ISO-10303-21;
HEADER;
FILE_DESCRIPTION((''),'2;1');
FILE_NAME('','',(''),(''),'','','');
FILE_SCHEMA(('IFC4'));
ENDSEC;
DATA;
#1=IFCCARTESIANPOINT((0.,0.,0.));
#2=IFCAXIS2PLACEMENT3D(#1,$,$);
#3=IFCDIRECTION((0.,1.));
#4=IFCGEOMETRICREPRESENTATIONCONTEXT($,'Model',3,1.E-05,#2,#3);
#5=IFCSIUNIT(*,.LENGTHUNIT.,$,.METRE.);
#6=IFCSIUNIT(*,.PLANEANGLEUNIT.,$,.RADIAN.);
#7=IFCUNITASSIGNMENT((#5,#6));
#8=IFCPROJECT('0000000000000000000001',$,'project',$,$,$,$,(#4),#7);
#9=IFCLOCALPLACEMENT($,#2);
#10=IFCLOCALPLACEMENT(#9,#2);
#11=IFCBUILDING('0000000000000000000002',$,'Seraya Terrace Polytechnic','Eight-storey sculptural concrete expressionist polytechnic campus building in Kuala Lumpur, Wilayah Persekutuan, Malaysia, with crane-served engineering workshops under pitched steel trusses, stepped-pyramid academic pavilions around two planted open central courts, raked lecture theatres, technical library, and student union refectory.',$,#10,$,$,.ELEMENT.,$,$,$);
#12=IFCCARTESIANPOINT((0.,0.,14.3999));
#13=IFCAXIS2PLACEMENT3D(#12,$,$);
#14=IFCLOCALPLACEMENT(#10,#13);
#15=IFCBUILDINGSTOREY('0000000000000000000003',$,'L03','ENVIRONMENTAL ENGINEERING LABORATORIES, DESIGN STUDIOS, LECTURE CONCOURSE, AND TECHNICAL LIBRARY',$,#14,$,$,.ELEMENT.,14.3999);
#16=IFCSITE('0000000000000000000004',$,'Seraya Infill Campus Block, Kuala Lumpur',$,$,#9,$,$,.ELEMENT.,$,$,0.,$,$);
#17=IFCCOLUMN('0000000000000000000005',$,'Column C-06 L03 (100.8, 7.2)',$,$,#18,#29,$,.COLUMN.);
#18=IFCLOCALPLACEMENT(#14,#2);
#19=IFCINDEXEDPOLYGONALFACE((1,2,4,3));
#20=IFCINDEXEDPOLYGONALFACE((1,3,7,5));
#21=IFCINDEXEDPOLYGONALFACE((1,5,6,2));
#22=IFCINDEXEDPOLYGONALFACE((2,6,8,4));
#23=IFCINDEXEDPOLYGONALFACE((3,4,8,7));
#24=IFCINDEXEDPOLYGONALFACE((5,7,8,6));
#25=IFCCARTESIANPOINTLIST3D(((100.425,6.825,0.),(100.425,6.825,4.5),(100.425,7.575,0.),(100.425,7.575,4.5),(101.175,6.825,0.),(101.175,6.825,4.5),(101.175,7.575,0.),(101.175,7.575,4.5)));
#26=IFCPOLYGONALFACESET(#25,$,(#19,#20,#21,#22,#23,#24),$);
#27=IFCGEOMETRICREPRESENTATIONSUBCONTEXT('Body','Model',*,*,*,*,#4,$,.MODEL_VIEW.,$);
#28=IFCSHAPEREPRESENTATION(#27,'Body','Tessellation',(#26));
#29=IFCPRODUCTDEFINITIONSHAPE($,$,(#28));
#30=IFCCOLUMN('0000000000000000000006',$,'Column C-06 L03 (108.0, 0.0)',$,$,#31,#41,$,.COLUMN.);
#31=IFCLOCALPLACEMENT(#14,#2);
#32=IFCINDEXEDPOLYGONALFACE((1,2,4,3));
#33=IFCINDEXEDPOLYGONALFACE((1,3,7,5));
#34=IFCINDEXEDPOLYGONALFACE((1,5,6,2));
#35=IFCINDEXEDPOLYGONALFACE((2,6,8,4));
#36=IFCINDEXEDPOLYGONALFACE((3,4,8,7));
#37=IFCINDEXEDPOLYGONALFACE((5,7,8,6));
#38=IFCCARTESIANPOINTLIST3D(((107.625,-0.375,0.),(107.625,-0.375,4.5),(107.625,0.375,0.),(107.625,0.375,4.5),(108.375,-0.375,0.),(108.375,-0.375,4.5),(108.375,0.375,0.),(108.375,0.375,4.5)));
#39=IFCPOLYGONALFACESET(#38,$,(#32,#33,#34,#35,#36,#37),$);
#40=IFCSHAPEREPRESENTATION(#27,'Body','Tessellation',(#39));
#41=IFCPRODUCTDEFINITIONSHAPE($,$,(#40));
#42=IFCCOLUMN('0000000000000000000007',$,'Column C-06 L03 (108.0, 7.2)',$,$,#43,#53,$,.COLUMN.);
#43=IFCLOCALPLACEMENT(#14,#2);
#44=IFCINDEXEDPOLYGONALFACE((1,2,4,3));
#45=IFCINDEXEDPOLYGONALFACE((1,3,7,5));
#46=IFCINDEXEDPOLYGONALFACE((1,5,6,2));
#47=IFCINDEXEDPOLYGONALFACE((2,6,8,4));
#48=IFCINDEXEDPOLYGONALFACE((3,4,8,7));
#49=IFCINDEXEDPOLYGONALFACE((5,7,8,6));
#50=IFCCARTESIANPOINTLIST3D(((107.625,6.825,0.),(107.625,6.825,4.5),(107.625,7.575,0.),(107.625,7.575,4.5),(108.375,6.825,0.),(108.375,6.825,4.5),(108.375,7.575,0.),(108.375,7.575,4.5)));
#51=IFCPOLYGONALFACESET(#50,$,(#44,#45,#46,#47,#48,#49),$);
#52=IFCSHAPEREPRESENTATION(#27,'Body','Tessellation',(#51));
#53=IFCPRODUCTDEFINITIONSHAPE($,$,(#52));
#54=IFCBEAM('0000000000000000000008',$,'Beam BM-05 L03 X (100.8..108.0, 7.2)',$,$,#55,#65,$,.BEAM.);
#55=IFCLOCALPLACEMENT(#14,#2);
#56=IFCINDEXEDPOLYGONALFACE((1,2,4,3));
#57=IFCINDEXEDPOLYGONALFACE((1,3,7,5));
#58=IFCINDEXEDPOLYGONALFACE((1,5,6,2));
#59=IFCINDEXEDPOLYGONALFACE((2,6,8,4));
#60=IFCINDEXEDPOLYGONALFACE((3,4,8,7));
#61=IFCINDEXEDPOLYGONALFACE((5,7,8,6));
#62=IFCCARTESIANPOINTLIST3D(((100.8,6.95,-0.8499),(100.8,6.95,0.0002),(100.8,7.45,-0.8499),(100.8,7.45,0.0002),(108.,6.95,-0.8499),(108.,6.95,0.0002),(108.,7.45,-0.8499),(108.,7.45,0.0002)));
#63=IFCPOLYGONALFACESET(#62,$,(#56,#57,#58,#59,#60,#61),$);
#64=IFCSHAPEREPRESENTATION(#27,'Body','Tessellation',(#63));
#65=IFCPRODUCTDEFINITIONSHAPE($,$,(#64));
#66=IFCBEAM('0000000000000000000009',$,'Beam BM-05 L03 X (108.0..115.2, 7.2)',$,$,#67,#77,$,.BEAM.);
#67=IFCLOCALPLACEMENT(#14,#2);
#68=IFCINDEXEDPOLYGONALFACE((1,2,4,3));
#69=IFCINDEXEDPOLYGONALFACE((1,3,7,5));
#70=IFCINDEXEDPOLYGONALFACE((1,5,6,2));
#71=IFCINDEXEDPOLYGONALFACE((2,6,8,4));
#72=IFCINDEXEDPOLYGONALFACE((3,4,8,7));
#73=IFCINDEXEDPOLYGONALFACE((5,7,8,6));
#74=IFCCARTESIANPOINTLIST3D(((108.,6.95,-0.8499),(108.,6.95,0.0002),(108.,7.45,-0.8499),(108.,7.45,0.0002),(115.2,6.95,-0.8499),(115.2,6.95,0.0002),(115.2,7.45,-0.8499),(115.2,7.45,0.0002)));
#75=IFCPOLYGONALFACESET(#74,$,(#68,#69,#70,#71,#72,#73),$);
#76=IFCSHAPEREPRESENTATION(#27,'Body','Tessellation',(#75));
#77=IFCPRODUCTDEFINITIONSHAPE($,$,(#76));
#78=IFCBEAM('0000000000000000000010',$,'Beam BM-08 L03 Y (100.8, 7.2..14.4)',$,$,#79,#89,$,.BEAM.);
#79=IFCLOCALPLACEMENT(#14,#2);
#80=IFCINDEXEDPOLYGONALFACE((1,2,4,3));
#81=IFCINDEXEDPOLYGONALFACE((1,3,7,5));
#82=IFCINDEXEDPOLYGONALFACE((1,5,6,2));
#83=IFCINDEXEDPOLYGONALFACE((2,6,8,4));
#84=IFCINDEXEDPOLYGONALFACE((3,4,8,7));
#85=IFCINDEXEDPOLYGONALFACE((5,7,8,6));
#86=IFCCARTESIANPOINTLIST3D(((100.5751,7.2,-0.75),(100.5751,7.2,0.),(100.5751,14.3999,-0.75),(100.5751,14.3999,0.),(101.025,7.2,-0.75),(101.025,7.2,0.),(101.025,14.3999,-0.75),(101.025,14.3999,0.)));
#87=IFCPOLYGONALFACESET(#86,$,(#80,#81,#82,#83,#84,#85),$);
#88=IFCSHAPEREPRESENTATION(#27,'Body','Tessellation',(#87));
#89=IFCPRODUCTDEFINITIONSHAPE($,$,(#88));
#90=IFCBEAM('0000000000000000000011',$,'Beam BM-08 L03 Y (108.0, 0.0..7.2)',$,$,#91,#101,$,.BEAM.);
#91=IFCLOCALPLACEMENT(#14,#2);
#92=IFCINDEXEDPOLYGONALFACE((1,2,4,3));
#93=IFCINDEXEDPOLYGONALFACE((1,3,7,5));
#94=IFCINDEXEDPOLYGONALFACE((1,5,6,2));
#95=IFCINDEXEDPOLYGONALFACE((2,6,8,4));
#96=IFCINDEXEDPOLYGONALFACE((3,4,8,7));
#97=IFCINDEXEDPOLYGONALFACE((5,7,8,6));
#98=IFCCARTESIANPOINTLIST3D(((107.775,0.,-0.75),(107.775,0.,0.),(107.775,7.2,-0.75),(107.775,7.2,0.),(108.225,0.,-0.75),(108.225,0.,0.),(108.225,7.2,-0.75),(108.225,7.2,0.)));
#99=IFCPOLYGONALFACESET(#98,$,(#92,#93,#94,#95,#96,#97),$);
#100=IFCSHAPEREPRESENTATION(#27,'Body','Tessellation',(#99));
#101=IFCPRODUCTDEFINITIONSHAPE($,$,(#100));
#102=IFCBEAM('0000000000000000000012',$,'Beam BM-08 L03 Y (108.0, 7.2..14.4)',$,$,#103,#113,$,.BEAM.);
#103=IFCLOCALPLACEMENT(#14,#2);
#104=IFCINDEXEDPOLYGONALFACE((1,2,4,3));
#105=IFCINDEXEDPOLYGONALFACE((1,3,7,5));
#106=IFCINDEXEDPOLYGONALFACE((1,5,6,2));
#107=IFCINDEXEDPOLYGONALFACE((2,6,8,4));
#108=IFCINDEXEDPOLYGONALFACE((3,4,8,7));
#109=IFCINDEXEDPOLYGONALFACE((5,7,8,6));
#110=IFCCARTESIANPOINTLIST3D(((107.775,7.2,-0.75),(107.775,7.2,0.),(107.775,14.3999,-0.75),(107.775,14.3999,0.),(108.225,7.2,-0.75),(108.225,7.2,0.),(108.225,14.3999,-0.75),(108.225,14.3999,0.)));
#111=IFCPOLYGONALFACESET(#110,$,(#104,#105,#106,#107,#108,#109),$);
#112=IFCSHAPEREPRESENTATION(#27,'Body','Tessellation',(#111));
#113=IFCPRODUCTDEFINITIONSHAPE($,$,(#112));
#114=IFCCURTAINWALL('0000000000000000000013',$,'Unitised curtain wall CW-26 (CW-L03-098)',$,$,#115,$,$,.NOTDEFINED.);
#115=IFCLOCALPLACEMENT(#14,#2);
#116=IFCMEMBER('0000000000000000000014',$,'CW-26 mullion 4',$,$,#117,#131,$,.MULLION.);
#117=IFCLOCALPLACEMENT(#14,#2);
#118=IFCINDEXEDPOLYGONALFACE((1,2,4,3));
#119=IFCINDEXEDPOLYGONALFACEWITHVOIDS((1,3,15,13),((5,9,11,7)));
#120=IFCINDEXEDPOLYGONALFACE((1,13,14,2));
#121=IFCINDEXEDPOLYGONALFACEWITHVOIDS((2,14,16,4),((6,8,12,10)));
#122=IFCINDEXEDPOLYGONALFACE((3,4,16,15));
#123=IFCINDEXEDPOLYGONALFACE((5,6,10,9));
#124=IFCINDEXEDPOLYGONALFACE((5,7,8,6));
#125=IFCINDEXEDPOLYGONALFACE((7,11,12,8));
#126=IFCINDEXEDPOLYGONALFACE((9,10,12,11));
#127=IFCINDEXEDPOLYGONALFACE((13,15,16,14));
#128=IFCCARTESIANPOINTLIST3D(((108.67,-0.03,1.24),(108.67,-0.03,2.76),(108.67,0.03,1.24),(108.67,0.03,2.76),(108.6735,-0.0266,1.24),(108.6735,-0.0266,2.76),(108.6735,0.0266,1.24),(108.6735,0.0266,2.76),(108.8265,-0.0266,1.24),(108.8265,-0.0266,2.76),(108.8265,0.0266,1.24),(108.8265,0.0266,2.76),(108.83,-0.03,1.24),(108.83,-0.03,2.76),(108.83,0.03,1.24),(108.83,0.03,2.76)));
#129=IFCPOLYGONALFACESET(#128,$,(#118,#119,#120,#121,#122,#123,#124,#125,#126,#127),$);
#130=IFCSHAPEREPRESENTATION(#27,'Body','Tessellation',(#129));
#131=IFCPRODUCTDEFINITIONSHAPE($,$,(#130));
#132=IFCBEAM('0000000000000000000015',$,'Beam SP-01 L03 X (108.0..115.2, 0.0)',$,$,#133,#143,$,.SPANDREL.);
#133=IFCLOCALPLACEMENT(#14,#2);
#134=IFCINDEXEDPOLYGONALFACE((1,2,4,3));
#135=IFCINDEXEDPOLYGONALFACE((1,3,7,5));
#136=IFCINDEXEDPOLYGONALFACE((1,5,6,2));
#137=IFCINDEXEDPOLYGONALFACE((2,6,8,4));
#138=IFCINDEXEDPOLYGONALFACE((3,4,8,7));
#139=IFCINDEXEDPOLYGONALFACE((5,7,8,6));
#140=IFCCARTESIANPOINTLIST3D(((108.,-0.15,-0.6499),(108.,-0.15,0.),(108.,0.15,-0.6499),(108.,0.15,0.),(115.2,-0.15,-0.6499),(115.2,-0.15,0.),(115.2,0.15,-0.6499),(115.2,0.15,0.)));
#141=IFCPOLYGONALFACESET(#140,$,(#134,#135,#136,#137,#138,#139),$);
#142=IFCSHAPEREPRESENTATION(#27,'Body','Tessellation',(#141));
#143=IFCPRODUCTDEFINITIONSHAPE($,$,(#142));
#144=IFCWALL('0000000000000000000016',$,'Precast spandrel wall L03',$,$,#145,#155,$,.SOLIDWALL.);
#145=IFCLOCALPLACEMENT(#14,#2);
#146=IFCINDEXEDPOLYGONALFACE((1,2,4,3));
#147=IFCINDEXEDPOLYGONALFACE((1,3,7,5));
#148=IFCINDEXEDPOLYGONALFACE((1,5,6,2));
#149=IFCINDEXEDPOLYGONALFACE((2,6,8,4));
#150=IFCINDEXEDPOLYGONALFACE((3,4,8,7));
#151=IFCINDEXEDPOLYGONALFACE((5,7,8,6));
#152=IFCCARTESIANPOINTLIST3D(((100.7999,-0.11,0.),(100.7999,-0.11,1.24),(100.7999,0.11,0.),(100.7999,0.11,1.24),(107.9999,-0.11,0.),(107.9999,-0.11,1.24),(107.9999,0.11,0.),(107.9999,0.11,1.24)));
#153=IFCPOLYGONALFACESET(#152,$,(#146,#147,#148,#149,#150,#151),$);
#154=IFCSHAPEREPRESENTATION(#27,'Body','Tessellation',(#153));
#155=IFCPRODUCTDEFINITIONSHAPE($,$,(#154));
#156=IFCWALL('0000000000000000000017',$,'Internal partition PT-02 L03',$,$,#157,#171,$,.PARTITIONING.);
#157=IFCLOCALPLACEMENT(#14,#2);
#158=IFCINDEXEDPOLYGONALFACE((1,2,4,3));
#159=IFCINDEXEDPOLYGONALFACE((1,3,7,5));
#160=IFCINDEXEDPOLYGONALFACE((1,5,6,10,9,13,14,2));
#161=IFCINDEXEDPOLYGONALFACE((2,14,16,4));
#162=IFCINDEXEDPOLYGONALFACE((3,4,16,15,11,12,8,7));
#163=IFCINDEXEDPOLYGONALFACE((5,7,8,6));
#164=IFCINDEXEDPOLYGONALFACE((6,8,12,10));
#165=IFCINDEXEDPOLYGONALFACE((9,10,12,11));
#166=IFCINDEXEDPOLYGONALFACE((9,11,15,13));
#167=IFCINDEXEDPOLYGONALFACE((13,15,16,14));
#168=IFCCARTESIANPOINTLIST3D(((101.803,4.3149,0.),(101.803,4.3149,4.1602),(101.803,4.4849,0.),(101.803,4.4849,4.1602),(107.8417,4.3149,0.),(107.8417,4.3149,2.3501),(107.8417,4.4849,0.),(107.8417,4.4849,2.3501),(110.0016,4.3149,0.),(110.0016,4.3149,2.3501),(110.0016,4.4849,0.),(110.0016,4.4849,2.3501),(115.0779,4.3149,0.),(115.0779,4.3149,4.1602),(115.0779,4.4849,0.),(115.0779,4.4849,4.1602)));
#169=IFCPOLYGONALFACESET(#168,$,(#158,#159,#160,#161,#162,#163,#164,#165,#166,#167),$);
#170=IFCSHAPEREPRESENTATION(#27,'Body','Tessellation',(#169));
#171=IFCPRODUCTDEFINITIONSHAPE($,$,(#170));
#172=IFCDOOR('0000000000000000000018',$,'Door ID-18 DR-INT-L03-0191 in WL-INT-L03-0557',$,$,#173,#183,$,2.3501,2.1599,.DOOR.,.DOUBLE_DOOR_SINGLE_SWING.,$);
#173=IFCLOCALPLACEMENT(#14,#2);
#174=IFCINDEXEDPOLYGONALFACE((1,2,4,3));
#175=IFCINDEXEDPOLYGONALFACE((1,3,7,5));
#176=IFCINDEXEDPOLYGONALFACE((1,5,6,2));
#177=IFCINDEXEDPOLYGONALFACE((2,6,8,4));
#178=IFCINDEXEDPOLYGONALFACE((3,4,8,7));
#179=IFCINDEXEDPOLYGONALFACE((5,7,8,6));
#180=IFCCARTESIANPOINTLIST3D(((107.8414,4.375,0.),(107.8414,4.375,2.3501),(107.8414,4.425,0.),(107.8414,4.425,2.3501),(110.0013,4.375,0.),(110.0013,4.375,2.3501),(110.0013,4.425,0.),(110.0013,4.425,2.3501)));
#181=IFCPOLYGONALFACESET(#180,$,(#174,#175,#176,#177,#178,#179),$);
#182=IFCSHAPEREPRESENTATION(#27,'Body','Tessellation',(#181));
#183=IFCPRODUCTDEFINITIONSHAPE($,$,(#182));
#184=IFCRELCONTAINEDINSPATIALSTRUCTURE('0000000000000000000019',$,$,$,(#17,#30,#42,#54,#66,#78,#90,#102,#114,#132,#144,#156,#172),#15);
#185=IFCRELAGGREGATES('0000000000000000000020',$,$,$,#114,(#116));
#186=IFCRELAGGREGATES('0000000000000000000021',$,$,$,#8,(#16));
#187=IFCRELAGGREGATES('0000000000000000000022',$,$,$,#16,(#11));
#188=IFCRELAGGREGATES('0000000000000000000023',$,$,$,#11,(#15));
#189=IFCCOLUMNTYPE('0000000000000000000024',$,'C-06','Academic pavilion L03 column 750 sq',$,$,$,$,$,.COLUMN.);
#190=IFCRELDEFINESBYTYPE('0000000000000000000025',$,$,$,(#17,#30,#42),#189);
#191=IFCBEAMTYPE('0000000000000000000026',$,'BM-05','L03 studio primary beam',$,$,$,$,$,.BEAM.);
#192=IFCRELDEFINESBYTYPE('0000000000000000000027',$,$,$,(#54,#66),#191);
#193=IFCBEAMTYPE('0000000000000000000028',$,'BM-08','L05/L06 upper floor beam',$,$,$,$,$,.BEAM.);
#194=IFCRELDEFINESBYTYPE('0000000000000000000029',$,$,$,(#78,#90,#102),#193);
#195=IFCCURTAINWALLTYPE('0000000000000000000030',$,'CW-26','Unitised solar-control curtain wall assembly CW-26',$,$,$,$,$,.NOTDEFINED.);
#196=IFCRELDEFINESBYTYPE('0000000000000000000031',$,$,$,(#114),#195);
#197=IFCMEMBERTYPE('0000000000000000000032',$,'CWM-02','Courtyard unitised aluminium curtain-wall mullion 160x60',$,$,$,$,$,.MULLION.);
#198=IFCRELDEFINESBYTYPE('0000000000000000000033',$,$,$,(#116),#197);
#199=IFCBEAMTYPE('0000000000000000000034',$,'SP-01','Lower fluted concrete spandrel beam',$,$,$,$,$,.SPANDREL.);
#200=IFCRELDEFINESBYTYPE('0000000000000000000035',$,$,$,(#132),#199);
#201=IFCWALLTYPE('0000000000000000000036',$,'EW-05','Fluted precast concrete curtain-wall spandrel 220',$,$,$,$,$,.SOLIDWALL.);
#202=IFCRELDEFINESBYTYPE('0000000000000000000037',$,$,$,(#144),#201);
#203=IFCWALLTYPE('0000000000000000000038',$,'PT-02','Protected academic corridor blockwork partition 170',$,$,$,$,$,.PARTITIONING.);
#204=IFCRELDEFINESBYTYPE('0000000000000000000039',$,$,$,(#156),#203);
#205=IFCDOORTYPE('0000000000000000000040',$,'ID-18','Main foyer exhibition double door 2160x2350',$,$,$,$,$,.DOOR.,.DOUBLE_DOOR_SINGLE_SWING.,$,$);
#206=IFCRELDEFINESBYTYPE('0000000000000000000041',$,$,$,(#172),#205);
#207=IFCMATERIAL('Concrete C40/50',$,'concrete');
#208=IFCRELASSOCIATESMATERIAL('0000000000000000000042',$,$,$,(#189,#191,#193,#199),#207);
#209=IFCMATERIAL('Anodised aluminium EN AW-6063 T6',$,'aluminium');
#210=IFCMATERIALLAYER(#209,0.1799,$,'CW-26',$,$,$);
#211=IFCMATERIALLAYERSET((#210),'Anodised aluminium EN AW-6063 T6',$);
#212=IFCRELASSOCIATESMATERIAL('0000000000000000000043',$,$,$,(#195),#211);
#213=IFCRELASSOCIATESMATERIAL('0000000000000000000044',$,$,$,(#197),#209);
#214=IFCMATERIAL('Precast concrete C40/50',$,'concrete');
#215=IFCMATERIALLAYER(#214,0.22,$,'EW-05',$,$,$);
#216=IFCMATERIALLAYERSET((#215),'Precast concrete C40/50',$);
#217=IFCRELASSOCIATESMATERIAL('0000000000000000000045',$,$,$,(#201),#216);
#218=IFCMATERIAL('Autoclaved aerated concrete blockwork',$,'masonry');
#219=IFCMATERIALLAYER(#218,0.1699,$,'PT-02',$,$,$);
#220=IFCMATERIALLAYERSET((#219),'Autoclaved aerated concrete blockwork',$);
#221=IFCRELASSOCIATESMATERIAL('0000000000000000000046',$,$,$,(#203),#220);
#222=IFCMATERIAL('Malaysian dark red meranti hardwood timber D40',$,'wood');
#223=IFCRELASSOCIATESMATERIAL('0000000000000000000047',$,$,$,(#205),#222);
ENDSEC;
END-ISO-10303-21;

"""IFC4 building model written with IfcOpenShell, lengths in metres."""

from ifc_helpers import new_model, si_unit, direction, frame, frame_2d, origin, origin_2d, place, context, subcontext, project, spatial, rectangle, hollow_rectangle, extrude, material, layer, layer_set, material_profile, profile_set, type_object, element, fill, aggregate, save


model = new_model("IFC4")

# Units and contexts
model_context = context("Model", 3, precision=1e-05, world=origin(), true_north=direction((0.0, 1.0)))
body_context = subcontext(model_context, "Body", "Model", "MODEL_VIEW")
ifc_project = project(units=[si_unit("LENGTHUNIT", "METRE"), si_unit("PLANEANGLEUNIT", "RADIAN")], contexts=[model_context])

# Site, building, storey
site_placement = place(None, origin())
site = spatial("IfcSite", under=ifc_project, at=site_placement, Name="Seraya Infill Campus Block, Kuala Lumpur", CompositionType="ELEMENT", RefElevation=0.0)
building_placement = place(site_placement, origin())
building = spatial("IfcBuilding", under=site, at=building_placement, Name="Seraya Terrace Polytechnic", Description="Eight-storey sculptural concrete expressionist polytechnic campus building in Kuala Lumpur, Wilayah Persekutuan, Malaysia, with crane-served engineering workshops under pitched steel trusses, stepped-pyramid academic pavilions around two planted open central courts, raked lecture theatres, technical library, and student union refectory.", CompositionType="ELEMENT")
storey_placement = place(building_placement, frame((0.0, 0.0, 14.3999)))
storey = spatial("IfcBuildingStorey", under=building, at=storey_placement, Name="L03", Description="ENVIRONMENTAL ENGINEERING LABORATORIES, DESIGN STUDIOS, LECTURE CONCOURSE, AND TECHNICAL LIBRARY", CompositionType="ELEMENT", Elevation=14.3999)

# Columns
ifc_material_1 = material(Name="Concrete C40/50", Category="concrete")
ifc_material_profile_1 = material_profile(ifc_material_1, rectangle(XDim=0.75, YDim=0.75, at=origin_2d()), Name="RC 750x750")
ifc_profile_set_1 = profile_set([ifc_material_profile_1], Name="Concrete C40/50")
column_type = type_object("IfcColumnType", Name="C-06", Description="Academic pavilion L03 column 750 sq", PredefinedType="COLUMN", material=ifc_profile_set_1)
for number, where, z_axis, x_axis, name in (
    (1, (100.8, 7.2, 0.0), (0.0, 0.0, 1.0), (1.0, 0.0, 0.0), "Column C-06 L03 (100.8, 7.2)"),
    (2, (108.0, 0.0, 0.0), (0.0, 0.0, 1.0), (1.0, 0.0, 0.0), "Column C-06 L03 (108.0, 0.0)"),
    (3, (108.0, 7.2, 0.0), (0.0, 0.0, 1.0), (1.0, 0.0, 0.0), "Column C-06 L03 (108.0, 7.2)"),
):
    element("IfcColumn", number, at=place(storey_placement, frame(where, z_axis=z_axis, x_axis=x_axis)), inside=storey, type_object=column_type, Name=name, PredefinedType="COLUMN", context=body_context, shape_type="SweptSolid", body=[
        extrude(rectangle(XDim=0.75, YDim=0.75, at=origin_2d()), origin(), (0.0, 0.0, 1.0), 4.5),
    ])

# Beams
ifc_material_profile_2 = material_profile(ifc_material_1, rectangle(XDim=0.5, YDim=0.8501, at=origin_2d()), Name="RC 500x850")
ifc_profile_set_2 = profile_set([ifc_material_profile_2], Name="Concrete C40/50")
beam_type_1 = type_object("IfcBeamType", Name="BM-05", Description="L03 studio primary beam", PredefinedType="BEAM", material=ifc_profile_set_2)
for number, where, z_axis, x_axis, name in (
    (4, (100.8, 7.2, -0.4248), (1.0, 0.0, 0.0), (0.0, 1.0, 0.0), "Beam BM-05 L03 X (100.8..108.0, 7.2)"),
    (5, (108.0, 7.2, -0.4248), (1.0, 0.0, 0.0), (0.0, 1.0, 0.0), "Beam BM-05 L03 X (108.0..115.2, 7.2)"),
):
    element("IfcBeam", number, at=place(storey_placement, frame(where, z_axis=z_axis, x_axis=x_axis)), inside=storey, type_object=beam_type_1, Name=name, PredefinedType="BEAM", context=body_context, shape_type="SweptSolid", body=[
        extrude(rectangle(XDim=0.5, YDim=0.8501, at=origin_2d()), origin(), (0.0, 0.0, 1.0), 7.2),
    ])
ifc_material_profile_3 = material_profile(ifc_material_1, rectangle(XDim=0.45, YDim=0.75, at=origin_2d()), Name="RC 450x750")
ifc_profile_set_3 = profile_set([ifc_material_profile_3], Name="Concrete C40/50")
beam_type_2 = type_object("IfcBeamType", Name="BM-08", Description="L05/L06 upper floor beam", PredefinedType="BEAM", material=ifc_profile_set_3)
for number, where, z_axis, x_axis, name in (
    (6, (100.8, 7.2, -0.375), (0.0, 1.0, 0.0), (-1.0, 0.0, 0.0), "Beam BM-08 L03 Y (100.8, 7.2..14.4)"),
    (7, (108.0, 0.0, -0.375), (0.0, 1.0, 0.0), (-1.0, 0.0, 0.0), "Beam BM-08 L03 Y (108.0, 0.0..7.2)"),
    (8, (108.0, 7.2, -0.375), (0.0, 1.0, 0.0), (-1.0, 0.0, 0.0), "Beam BM-08 L03 Y (108.0, 7.2..14.4)"),
):
    element("IfcBeam", number, at=place(storey_placement, frame(where, z_axis=z_axis, x_axis=x_axis)), inside=storey, type_object=beam_type_2, Name=name, PredefinedType="BEAM", context=body_context, shape_type="SweptSolid", body=[
        extrude(rectangle(XDim=0.45, YDim=0.75, at=origin_2d()), origin(), (0.0, 0.0, 1.0), 7.2),
    ])

# Curtain wall, member
ifc_material_2 = material(Name="Anodised aluminium EN AW-6063 T6", Category="aluminium")
ifc_layer_1 = layer(ifc_material_2, 0.1799, Name="CW-26")
ifc_layer_set_1 = layer_set([ifc_layer_1], Name="Anodised aluminium EN AW-6063 T6")
curtain_wall_type = type_object("IfcCurtainWallType", Name="CW-26", Description="Unitised solar-control curtain wall assembly CW-26", PredefinedType="NOTDEFINED", material=ifc_layer_set_1)
curtain_wall_placement = place(storey_placement, origin())
curtain_wall = element("IfcCurtainWall", 9, at=curtain_wall_placement, inside=storey, type_object=curtain_wall_type, Name="Unitised curtain wall CW-26 (CW-L03-098)", PredefinedType="NOTDEFINED")
ifc_material_profile_4 = material_profile(ifc_material_2, hollow_rectangle(XDim=0.0601, YDim=0.1599, WallThickness=0.0034, at=origin_2d()), Name="RHS 160x60x3.5")
ifc_profile_set_4 = profile_set([ifc_material_profile_4], Name="Anodised aluminium EN AW-6063 T6")
member_type = type_object("IfcMemberType", Name="CWM-02", Description="Courtyard unitised aluminium curtain-wall mullion 160x60", PredefinedType="MULLION", material=ifc_profile_set_4)
member_placement = place(storey_placement, frame((108.75, 0.0, 1.24), z_axis=(0.0, 0.0, 1.0), x_axis=(0.0, -1.0, 0.0)))
member = element("IfcMember", 10, at=member_placement, type_object=member_type, Name="CW-26 mullion 4", PredefinedType="MULLION", context=body_context, shape_type="SweptSolid", body=[
    extrude(hollow_rectangle(XDim=0.0601, YDim=0.1599, WallThickness=0.0034, at=origin_2d()), origin(), (0.0, 0.0, 1.0), 1.52),
])
aggregate(curtain_wall, [member])

# Beam
ifc_material_profile_5 = material_profile(ifc_material_1, rectangle(XDim=0.3, YDim=0.6499, at=origin_2d()), Name="RC 300x650")
ifc_profile_set_5 = profile_set([ifc_material_profile_5], Name="Concrete C40/50")
beam_type_3 = type_object("IfcBeamType", Name="SP-01", Description="Lower fluted concrete spandrel beam", PredefinedType="SPANDREL", material=ifc_profile_set_5)
beam_placement = place(storey_placement, frame((108.0, 0.0, -0.325), z_axis=(1.0, 0.0, 0.0), x_axis=(0.0, 1.0, 0.0)))
element("IfcBeam", 11, at=beam_placement, inside=storey, type_object=beam_type_3, Name="Beam SP-01 L03 X (108.0..115.2, 0.0)", PredefinedType="SPANDREL", context=body_context, shape_type="SweptSolid", body=[
    extrude(rectangle(XDim=0.3, YDim=0.6499, at=origin_2d()), origin(), (0.0, 0.0, 1.0), 7.2),
])

# Wall
ifc_material_3 = material(Name="Precast concrete C40/50", Category="concrete")
ifc_layer_2 = layer(ifc_material_3, 0.22, Name="EW-05")
ifc_layer_set_2 = layer_set([ifc_layer_2], Name="Precast concrete C40/50")
wall_type_1 = type_object("IfcWallType", Name="EW-05", Description="Fluted precast concrete curtain-wall spandrel 220", PredefinedType="SOLIDWALL", material=ifc_layer_set_2)
wall_1_placement = place(storey_placement, frame((108.0, 0.0, 0.0), z_axis=(0.0, 0.0, 1.0), x_axis=(-1.0, 0.0, 0.0)))
element("IfcWall", 12, at=wall_1_placement, inside=storey, type_object=wall_type_1, Name="Precast spandrel wall L03", PredefinedType="SOLIDWALL", context=body_context, shape_type="SweptSolid", body=[
    extrude(rectangle(XDim=7.2, YDim=0.22, at=frame_2d((3.6001, 0.0))), origin(), (0.0, 0.0, 1.0), 1.24),
])

# Wall, opening, door
ifc_material_4 = material(Name="Autoclaved aerated concrete blockwork", Category="masonry")
ifc_layer_3 = layer(ifc_material_4, 0.1699, Name="PT-02")
ifc_layer_set_3 = layer_set([ifc_layer_3], Name="Autoclaved aerated concrete blockwork")
wall_type_2 = type_object("IfcWallType", Name="PT-02", Description="Protected academic corridor blockwork partition 170", PredefinedType="PARTITIONING", material=ifc_layer_set_3)
wall_2_placement = place(storey_placement, frame((101.803, 4.3999, 0.0), z_axis=(0.0, 0.0, 1.0), x_axis=(1.0, 0.0, 0.0)))
wall_2 = element("IfcWall", 13, at=wall_2_placement, inside=storey, type_object=wall_type_2, Name="Internal partition PT-02 L03", PredefinedType="PARTITIONING", context=body_context, shape_type="SweptSolid", body=[
    extrude(rectangle(XDim=13.2749, YDim=0.1699, at=frame_2d((6.6375, 0.0))), origin(), (0.0, 0.0, 1.0), 4.1602),
])
opening_1_placement = place(wall_2_placement, frame((6.0386, 0.0, 0.0)))
opening_1 = element("IfcOpeningElement", 14, at=opening_1_placement, cuts=wall_2, PredefinedType="OPENING", context=body_context, shape_type="SweptSolid", body=[
    extrude(rectangle(XDim=2.1599, YDim=2.3501, at=frame_2d((1.0801, 1.175))), frame((0.0, 0.0969, 0.0), z_axis=(0.0, -1.0, 0.0), x_axis=(1.0, 0.0, 0.0)), (0.0, 0.0, 1.0), 0.1938),
])
ifc_material_5 = material(Name="Malaysian dark red meranti hardwood timber D40", Category="wood")
door_type_1 = type_object("IfcDoorType", Name="ID-18", Description="Main foyer exhibition double door 2160x2350", OperationType="DOUBLE_DOOR_SINGLE_SWING", PredefinedType="DOOR", material=ifc_material_5)
door_1_placement = place(opening_1_placement, frame((2.1599, 0.0, 0.0), z_axis=(0.0, 0.0, 1.0), x_axis=(-1.0, 0.0, 0.0)))
door_1 = element("IfcDoor", 15, at=door_1_placement, inside=storey, type_object=door_type_1, Name="Door ID-18 DR-INT-L03-0191 in WL-INT-L03-0557", OperationType="DOUBLE_DOOR_SINGLE_SWING", OverallHeight=2.3501, OverallWidth=2.1599, PredefinedType="DOOR", context=body_context, shape_type="SweptSolid", body=[
    extrude(rectangle(XDim=2.1599, YDim=2.3501, at=frame_2d((1.0801, 1.175))), frame((0.0, 0.0249, 0.0), z_axis=(0.0, -1.0, 0.0), x_axis=(1.0, 0.0, 0.0)), (0.0, 0.0, 1.0), 0.05),
])
fill(opening_1, door_1)

save(model, "model.ifc")
